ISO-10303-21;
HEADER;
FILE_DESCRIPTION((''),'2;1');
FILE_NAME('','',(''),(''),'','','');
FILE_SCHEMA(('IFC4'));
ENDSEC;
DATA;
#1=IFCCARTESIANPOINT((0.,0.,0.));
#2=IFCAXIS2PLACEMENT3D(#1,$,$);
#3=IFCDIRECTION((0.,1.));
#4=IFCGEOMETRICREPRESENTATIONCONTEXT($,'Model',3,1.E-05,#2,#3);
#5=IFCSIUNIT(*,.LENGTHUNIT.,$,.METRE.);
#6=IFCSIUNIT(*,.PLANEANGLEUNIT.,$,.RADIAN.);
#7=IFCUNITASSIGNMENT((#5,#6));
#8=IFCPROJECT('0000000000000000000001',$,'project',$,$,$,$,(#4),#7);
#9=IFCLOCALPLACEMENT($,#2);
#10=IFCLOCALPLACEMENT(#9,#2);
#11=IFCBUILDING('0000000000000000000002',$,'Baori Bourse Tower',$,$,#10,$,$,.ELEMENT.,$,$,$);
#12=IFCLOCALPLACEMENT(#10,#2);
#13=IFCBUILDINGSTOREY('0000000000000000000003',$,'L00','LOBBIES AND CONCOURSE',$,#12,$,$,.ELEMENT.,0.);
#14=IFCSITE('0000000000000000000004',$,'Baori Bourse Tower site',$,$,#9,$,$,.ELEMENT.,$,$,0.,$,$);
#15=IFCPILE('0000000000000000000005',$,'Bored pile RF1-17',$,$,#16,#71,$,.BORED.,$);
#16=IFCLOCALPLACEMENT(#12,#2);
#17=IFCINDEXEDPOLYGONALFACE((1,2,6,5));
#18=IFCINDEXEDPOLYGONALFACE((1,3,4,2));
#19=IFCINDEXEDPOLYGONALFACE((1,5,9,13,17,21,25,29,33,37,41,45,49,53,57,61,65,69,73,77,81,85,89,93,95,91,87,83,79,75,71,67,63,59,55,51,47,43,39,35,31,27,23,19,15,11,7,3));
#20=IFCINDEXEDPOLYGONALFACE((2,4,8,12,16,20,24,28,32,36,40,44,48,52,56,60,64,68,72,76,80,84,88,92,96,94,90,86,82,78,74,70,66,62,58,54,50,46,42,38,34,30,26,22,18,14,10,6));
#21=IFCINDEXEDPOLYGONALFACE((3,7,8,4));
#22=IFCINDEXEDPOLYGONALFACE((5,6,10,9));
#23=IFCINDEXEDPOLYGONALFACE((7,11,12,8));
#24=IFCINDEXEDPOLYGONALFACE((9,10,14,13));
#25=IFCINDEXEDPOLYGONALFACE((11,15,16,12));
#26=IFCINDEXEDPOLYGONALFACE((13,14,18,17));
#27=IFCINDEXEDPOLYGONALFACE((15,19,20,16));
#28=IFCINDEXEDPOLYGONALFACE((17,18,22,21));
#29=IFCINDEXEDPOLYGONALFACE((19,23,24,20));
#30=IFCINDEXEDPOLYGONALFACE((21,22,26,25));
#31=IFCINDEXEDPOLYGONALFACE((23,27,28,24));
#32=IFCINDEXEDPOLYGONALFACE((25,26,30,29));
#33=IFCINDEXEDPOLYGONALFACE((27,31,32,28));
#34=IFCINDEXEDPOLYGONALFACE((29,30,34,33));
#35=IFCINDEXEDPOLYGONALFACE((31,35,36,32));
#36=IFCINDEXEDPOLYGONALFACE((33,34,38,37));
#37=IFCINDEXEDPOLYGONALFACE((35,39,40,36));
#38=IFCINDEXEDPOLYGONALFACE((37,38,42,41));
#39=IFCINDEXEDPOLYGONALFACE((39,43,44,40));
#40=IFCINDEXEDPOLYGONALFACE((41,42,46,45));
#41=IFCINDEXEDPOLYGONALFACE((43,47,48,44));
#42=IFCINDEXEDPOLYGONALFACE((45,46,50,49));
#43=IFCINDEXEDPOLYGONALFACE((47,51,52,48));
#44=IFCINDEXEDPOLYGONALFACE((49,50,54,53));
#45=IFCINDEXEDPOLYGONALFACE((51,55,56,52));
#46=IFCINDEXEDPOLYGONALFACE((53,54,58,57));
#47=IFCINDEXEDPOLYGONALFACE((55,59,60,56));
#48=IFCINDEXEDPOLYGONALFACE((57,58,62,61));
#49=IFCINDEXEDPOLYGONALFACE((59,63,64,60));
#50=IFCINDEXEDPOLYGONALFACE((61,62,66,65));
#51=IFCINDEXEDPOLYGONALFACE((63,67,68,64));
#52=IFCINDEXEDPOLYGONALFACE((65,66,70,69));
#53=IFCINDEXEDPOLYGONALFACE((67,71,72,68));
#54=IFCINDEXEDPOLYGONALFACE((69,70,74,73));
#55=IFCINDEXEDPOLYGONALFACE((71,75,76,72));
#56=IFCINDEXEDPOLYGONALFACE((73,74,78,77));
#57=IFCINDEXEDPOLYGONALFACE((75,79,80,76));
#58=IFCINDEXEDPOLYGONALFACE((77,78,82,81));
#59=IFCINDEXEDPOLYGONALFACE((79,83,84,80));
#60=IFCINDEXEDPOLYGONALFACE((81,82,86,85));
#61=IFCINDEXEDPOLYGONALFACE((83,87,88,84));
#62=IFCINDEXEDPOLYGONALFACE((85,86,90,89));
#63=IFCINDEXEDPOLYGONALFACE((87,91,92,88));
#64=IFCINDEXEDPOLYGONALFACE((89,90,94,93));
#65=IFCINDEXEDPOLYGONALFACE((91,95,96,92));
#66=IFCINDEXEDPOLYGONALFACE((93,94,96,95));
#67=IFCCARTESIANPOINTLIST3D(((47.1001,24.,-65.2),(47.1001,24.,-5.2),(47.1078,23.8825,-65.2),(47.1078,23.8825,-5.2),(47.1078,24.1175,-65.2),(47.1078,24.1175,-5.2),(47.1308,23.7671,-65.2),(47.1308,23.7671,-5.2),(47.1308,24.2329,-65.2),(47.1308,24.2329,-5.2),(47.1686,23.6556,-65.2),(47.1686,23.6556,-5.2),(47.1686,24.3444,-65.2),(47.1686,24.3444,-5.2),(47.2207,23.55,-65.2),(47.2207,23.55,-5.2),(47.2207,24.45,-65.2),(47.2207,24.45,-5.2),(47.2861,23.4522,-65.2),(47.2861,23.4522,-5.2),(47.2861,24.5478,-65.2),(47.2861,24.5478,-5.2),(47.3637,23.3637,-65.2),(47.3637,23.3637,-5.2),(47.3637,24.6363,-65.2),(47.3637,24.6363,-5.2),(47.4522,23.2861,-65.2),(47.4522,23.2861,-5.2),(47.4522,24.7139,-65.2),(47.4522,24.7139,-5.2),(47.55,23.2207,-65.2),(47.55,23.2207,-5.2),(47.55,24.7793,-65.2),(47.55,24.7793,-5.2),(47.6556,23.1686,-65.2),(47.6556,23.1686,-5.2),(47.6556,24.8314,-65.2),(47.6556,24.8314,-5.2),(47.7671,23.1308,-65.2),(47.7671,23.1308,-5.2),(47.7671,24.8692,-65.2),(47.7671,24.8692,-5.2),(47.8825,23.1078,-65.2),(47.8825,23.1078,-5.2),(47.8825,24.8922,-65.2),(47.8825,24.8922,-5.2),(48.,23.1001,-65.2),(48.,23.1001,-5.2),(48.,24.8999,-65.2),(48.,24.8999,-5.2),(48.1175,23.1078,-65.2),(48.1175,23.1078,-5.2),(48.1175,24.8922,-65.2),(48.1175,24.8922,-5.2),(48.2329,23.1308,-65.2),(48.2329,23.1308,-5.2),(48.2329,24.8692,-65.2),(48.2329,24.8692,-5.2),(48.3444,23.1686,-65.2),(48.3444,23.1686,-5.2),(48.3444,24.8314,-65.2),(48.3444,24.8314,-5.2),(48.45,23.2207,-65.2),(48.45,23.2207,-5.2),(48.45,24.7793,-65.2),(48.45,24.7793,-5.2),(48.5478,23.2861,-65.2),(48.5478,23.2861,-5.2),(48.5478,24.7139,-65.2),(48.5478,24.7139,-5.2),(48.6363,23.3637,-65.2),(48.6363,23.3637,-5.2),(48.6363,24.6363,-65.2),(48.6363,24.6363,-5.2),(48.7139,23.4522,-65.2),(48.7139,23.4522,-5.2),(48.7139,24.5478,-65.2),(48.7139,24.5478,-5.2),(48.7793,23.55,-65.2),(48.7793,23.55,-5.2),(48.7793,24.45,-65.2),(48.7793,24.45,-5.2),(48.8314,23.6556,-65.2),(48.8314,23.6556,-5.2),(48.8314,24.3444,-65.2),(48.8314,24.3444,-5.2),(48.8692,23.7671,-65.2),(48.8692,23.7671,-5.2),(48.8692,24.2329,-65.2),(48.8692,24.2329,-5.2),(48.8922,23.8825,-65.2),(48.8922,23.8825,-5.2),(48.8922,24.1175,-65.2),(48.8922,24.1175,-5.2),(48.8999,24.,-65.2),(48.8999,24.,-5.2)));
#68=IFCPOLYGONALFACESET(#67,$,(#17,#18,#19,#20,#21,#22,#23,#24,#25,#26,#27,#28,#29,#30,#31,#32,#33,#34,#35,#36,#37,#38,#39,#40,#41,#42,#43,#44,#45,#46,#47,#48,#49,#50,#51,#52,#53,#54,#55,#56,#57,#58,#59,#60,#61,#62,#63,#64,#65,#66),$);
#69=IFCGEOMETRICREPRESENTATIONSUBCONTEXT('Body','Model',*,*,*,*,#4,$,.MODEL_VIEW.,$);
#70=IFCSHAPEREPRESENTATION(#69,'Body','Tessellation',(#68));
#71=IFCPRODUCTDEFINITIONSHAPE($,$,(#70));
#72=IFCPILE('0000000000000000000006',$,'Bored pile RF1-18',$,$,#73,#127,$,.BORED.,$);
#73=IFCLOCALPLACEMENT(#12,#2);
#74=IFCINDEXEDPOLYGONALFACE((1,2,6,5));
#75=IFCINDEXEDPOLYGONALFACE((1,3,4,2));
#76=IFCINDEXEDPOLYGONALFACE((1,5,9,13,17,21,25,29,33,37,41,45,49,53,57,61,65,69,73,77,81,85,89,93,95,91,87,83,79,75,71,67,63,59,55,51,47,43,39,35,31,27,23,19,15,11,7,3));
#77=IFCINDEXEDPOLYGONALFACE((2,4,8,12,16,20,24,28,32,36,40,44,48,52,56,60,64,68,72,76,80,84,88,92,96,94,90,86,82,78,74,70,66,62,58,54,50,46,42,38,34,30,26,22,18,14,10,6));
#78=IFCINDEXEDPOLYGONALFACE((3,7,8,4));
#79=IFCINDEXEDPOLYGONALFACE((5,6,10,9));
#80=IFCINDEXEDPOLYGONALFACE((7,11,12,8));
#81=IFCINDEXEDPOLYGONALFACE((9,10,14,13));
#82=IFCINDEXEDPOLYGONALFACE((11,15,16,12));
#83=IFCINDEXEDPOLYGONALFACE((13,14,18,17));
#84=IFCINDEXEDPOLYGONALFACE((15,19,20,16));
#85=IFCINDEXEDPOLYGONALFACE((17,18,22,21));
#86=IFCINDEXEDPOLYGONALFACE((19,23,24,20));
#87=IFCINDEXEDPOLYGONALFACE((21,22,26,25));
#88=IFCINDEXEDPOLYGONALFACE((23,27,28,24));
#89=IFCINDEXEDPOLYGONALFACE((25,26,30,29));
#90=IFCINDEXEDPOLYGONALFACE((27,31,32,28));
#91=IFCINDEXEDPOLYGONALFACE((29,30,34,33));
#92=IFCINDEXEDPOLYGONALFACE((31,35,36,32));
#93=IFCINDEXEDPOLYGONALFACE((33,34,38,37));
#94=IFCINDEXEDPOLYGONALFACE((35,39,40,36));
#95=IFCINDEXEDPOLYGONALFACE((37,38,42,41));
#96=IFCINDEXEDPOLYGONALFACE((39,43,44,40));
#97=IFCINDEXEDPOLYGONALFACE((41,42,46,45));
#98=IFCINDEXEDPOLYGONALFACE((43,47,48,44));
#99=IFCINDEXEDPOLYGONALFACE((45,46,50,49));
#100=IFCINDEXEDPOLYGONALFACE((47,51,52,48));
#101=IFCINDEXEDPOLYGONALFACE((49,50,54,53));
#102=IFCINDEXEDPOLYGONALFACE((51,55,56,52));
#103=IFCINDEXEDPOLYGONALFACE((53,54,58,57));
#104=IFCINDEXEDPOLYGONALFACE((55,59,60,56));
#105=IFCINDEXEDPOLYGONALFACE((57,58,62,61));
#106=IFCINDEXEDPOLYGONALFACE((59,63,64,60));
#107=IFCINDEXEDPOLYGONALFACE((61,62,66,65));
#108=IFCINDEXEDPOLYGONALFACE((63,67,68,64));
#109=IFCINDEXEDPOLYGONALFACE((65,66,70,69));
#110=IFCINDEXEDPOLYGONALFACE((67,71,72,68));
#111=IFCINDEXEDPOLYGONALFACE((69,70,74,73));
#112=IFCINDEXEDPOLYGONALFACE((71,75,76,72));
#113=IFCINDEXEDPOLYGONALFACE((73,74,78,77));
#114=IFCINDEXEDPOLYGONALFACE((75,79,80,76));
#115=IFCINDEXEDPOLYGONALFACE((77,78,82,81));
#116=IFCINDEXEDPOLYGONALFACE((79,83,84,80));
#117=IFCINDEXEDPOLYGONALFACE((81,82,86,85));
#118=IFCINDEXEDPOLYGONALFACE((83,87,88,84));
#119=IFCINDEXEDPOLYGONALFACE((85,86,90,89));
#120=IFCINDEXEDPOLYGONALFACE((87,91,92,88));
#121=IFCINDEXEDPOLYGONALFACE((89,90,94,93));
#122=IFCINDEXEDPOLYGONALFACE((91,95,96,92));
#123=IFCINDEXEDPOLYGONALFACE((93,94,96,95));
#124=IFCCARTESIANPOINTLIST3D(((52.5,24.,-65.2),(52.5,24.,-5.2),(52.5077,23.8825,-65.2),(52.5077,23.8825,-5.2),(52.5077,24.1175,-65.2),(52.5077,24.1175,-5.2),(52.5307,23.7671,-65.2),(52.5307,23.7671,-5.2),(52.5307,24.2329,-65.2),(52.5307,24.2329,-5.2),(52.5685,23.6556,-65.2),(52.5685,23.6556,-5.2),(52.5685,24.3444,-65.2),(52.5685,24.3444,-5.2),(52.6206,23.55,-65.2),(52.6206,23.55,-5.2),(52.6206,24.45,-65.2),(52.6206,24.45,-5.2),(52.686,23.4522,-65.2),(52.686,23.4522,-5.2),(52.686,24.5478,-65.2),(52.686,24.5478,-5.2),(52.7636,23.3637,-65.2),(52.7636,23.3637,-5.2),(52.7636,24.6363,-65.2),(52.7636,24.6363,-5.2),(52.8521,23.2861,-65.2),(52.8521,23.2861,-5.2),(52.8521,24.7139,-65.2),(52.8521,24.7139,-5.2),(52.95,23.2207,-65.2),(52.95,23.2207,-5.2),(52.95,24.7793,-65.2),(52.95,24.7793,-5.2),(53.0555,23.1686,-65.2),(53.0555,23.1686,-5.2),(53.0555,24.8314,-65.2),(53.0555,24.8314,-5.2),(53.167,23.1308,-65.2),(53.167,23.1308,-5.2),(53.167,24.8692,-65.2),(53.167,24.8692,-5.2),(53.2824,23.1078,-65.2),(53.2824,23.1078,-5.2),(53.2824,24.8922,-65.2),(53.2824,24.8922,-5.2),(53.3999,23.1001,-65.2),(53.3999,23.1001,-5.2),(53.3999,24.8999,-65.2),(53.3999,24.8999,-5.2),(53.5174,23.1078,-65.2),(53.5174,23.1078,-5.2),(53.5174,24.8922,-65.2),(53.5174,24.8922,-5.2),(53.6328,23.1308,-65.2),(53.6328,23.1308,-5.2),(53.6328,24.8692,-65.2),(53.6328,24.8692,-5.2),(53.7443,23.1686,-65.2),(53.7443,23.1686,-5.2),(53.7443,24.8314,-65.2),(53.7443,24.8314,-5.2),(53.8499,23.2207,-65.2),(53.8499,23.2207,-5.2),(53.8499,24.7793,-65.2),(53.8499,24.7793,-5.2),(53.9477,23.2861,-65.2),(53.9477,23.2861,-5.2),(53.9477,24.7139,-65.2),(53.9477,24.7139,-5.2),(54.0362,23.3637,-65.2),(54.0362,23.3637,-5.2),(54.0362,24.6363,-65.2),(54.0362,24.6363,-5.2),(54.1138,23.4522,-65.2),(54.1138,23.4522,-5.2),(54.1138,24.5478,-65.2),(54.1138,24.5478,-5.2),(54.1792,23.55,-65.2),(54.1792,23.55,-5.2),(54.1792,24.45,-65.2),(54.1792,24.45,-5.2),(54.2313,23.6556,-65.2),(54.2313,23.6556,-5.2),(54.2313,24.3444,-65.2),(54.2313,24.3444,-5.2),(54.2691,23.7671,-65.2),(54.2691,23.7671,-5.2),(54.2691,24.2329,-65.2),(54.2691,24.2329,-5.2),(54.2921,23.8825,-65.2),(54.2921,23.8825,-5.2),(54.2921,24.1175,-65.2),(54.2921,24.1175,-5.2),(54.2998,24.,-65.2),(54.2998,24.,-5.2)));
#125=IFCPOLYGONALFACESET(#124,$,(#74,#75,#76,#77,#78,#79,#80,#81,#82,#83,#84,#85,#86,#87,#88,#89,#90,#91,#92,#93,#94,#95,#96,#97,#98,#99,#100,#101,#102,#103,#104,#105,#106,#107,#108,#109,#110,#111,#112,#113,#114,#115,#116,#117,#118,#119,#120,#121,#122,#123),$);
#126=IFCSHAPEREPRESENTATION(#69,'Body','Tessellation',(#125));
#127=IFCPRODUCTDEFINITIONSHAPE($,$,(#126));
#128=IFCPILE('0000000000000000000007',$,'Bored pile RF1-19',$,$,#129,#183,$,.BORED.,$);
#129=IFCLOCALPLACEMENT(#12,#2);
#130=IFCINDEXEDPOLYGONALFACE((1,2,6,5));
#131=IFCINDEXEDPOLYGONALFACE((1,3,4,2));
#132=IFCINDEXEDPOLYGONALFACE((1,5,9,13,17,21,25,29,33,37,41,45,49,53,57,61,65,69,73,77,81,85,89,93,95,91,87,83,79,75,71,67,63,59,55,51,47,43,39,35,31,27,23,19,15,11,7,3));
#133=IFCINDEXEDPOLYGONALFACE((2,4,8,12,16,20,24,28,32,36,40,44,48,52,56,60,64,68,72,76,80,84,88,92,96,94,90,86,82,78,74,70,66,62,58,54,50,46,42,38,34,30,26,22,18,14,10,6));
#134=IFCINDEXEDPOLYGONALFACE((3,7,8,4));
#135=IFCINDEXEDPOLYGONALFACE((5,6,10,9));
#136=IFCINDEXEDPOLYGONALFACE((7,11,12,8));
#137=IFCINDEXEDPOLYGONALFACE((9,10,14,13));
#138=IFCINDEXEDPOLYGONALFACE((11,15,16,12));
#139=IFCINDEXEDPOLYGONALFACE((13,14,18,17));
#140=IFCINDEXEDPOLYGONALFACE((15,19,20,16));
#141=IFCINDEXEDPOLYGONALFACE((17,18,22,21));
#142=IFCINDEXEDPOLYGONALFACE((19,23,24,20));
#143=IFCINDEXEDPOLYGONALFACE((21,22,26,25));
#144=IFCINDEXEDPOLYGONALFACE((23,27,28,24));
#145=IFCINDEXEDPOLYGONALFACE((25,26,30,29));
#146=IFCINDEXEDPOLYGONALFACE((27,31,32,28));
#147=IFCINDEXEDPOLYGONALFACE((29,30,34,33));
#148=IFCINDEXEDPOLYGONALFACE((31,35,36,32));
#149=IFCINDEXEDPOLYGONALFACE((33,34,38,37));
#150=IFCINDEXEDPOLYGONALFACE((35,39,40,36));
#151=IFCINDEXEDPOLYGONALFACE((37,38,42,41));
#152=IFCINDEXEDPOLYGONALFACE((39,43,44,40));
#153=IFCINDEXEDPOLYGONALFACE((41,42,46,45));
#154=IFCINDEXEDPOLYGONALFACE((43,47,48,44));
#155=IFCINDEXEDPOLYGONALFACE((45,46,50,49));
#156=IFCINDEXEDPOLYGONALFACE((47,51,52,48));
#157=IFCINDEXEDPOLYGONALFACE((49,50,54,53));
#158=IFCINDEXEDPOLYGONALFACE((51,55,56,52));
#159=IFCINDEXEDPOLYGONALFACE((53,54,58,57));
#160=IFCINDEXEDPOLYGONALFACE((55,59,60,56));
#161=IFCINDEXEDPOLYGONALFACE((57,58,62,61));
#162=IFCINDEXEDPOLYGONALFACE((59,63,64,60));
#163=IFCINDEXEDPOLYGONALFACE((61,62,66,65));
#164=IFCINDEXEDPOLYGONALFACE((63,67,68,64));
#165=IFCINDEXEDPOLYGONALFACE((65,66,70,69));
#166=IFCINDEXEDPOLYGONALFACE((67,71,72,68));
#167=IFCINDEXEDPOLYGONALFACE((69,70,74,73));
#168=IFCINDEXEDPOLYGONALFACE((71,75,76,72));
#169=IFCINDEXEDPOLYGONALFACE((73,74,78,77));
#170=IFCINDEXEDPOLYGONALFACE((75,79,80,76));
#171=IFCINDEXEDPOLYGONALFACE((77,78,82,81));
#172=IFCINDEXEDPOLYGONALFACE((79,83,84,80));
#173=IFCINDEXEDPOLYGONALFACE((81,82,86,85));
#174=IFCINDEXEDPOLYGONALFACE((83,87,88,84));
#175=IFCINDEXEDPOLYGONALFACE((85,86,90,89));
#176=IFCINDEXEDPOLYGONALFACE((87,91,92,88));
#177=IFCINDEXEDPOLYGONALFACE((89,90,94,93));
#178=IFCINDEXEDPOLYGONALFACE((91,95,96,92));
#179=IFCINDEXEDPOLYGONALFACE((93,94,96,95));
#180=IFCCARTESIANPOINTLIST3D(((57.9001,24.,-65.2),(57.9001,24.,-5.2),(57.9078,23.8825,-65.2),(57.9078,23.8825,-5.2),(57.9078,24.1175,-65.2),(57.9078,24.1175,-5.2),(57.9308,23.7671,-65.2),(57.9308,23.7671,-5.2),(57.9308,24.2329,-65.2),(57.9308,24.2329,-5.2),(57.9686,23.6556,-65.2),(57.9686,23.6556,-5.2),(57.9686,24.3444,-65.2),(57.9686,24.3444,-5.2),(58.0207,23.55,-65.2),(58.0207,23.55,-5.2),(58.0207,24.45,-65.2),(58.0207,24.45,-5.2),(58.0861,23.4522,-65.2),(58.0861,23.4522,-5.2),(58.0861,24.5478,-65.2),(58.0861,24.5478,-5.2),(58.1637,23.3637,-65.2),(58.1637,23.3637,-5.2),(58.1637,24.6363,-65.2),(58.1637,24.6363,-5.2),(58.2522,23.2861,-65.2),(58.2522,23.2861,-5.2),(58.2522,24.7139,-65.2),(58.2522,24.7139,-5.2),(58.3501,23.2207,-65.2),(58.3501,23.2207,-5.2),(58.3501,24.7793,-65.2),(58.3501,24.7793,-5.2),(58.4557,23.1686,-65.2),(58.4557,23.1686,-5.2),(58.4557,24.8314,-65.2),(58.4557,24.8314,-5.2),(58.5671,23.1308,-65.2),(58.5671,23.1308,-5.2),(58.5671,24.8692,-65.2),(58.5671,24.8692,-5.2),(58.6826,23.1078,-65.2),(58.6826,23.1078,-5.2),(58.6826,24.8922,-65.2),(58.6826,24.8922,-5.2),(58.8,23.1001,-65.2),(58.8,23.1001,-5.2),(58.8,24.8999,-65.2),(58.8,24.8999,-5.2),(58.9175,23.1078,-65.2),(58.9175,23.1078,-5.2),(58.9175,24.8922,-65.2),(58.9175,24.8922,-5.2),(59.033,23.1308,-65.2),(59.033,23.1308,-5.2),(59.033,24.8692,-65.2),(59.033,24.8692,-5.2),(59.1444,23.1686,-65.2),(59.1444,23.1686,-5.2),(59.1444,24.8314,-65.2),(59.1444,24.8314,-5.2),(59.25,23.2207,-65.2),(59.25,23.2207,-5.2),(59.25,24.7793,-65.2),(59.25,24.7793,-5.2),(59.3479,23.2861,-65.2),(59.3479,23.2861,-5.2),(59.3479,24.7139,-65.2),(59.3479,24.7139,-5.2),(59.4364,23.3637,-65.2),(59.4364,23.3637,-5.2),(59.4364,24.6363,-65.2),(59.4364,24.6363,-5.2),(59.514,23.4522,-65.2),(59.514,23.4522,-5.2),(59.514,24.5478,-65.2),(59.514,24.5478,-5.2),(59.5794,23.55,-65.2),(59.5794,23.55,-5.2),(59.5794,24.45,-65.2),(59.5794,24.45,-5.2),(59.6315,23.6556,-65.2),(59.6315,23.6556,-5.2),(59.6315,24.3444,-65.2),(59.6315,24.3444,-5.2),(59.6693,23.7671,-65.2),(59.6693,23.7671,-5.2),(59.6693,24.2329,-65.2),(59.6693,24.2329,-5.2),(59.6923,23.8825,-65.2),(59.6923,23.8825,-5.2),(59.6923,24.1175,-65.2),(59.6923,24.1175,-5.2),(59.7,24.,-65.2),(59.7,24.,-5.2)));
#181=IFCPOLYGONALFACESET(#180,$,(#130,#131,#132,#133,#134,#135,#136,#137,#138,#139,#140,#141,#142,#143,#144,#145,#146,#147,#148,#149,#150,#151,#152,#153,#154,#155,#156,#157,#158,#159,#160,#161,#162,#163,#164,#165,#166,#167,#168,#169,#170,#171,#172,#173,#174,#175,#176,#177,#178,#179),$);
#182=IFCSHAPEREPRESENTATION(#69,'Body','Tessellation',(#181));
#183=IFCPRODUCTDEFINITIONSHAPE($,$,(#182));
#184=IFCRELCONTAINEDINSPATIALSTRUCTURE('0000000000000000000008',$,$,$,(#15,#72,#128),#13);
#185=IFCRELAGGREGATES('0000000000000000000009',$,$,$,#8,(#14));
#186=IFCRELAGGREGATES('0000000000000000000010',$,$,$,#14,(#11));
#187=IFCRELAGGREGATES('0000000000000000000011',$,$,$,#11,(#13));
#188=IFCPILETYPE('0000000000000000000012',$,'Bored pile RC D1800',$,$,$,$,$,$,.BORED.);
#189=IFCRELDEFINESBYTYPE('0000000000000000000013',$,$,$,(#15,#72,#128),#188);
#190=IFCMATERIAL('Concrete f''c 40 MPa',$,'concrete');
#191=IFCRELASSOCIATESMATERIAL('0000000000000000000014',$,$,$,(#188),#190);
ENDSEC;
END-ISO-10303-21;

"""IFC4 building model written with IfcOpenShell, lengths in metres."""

from ifc_helpers import new_model, si_unit, direction, frame, origin, origin_2d, place, context, subcontext, project, spatial, circle, extrude, material, material_profile, profile_set, type_object, element, save


model = new_model("IFC4")

# Units and contexts
model_context = context("Model", 3, precision=1e-05, world=origin(), true_north=direction((0.0, 1.0)))
body_context = subcontext(model_context, "Body", "Model", "MODEL_VIEW")
ifc_project = project(units=[si_unit("LENGTHUNIT", "METRE"), si_unit("PLANEANGLEUNIT", "RADIAN")], contexts=[model_context])

# Site, building, storey
site_placement = place(None, origin())
site = spatial("IfcSite", under=ifc_project, at=site_placement, Name="Baori Bourse Tower site", CompositionType="ELEMENT", RefElevation=0.0)
building_placement = place(site_placement, origin())
building = spatial("IfcBuilding", under=site, at=building_placement, Name="Baori Bourse Tower", CompositionType="ELEMENT")
storey_placement = place(building_placement, origin())
storey = spatial("IfcBuildingStorey", under=building, at=storey_placement, Name="L00", Description="LOBBIES AND CONCOURSE", CompositionType="ELEMENT", Elevation=0.0)

# Piles
ifc_material_1 = material(Name="Concrete f'c 40 MPa", Category="concrete")
ifc_material_profile_1 = material_profile(ifc_material_1, circle(Radius=0.8999, at=origin_2d()), Name="RC D1800")
ifc_profile_set_1 = profile_set([ifc_material_profile_1], Name="Concrete f'c 40 MPa")
pile_type = type_object("IfcPileType", Name="Bored pile RC D1800", PredefinedType="BORED", material=ifc_profile_set_1)
for number, where, z_axis, x_axis, name in (
    (1, (48.0, 24.0, -5.2), (0.0, 0.0, -1.0), (1.0, 0.0, 0.0), "Bored pile RF1-17"),
    (2, (53.3999, 24.0, -5.2), (0.0, 0.0, -1.0), (1.0, 0.0, 0.0), "Bored pile RF1-18"),
    (3, (58.8, 24.0, -5.2), (0.0, 0.0, -1.0), (1.0, 0.0, 0.0), "Bored pile RF1-19"),
):
    element("IfcPile", number, at=place(storey_placement, frame(where, z_axis=z_axis, x_axis=x_axis)), inside=storey, type_object=pile_type, Name=name, PredefinedType="BORED", context=body_context, shape_type="SweptSolid", body=[
        extrude(circle(Radius=0.8999, at=origin_2d()), origin(), (0.0, 0.0, 1.0), 60.0),
    ])

save(model, "model.ifc")
